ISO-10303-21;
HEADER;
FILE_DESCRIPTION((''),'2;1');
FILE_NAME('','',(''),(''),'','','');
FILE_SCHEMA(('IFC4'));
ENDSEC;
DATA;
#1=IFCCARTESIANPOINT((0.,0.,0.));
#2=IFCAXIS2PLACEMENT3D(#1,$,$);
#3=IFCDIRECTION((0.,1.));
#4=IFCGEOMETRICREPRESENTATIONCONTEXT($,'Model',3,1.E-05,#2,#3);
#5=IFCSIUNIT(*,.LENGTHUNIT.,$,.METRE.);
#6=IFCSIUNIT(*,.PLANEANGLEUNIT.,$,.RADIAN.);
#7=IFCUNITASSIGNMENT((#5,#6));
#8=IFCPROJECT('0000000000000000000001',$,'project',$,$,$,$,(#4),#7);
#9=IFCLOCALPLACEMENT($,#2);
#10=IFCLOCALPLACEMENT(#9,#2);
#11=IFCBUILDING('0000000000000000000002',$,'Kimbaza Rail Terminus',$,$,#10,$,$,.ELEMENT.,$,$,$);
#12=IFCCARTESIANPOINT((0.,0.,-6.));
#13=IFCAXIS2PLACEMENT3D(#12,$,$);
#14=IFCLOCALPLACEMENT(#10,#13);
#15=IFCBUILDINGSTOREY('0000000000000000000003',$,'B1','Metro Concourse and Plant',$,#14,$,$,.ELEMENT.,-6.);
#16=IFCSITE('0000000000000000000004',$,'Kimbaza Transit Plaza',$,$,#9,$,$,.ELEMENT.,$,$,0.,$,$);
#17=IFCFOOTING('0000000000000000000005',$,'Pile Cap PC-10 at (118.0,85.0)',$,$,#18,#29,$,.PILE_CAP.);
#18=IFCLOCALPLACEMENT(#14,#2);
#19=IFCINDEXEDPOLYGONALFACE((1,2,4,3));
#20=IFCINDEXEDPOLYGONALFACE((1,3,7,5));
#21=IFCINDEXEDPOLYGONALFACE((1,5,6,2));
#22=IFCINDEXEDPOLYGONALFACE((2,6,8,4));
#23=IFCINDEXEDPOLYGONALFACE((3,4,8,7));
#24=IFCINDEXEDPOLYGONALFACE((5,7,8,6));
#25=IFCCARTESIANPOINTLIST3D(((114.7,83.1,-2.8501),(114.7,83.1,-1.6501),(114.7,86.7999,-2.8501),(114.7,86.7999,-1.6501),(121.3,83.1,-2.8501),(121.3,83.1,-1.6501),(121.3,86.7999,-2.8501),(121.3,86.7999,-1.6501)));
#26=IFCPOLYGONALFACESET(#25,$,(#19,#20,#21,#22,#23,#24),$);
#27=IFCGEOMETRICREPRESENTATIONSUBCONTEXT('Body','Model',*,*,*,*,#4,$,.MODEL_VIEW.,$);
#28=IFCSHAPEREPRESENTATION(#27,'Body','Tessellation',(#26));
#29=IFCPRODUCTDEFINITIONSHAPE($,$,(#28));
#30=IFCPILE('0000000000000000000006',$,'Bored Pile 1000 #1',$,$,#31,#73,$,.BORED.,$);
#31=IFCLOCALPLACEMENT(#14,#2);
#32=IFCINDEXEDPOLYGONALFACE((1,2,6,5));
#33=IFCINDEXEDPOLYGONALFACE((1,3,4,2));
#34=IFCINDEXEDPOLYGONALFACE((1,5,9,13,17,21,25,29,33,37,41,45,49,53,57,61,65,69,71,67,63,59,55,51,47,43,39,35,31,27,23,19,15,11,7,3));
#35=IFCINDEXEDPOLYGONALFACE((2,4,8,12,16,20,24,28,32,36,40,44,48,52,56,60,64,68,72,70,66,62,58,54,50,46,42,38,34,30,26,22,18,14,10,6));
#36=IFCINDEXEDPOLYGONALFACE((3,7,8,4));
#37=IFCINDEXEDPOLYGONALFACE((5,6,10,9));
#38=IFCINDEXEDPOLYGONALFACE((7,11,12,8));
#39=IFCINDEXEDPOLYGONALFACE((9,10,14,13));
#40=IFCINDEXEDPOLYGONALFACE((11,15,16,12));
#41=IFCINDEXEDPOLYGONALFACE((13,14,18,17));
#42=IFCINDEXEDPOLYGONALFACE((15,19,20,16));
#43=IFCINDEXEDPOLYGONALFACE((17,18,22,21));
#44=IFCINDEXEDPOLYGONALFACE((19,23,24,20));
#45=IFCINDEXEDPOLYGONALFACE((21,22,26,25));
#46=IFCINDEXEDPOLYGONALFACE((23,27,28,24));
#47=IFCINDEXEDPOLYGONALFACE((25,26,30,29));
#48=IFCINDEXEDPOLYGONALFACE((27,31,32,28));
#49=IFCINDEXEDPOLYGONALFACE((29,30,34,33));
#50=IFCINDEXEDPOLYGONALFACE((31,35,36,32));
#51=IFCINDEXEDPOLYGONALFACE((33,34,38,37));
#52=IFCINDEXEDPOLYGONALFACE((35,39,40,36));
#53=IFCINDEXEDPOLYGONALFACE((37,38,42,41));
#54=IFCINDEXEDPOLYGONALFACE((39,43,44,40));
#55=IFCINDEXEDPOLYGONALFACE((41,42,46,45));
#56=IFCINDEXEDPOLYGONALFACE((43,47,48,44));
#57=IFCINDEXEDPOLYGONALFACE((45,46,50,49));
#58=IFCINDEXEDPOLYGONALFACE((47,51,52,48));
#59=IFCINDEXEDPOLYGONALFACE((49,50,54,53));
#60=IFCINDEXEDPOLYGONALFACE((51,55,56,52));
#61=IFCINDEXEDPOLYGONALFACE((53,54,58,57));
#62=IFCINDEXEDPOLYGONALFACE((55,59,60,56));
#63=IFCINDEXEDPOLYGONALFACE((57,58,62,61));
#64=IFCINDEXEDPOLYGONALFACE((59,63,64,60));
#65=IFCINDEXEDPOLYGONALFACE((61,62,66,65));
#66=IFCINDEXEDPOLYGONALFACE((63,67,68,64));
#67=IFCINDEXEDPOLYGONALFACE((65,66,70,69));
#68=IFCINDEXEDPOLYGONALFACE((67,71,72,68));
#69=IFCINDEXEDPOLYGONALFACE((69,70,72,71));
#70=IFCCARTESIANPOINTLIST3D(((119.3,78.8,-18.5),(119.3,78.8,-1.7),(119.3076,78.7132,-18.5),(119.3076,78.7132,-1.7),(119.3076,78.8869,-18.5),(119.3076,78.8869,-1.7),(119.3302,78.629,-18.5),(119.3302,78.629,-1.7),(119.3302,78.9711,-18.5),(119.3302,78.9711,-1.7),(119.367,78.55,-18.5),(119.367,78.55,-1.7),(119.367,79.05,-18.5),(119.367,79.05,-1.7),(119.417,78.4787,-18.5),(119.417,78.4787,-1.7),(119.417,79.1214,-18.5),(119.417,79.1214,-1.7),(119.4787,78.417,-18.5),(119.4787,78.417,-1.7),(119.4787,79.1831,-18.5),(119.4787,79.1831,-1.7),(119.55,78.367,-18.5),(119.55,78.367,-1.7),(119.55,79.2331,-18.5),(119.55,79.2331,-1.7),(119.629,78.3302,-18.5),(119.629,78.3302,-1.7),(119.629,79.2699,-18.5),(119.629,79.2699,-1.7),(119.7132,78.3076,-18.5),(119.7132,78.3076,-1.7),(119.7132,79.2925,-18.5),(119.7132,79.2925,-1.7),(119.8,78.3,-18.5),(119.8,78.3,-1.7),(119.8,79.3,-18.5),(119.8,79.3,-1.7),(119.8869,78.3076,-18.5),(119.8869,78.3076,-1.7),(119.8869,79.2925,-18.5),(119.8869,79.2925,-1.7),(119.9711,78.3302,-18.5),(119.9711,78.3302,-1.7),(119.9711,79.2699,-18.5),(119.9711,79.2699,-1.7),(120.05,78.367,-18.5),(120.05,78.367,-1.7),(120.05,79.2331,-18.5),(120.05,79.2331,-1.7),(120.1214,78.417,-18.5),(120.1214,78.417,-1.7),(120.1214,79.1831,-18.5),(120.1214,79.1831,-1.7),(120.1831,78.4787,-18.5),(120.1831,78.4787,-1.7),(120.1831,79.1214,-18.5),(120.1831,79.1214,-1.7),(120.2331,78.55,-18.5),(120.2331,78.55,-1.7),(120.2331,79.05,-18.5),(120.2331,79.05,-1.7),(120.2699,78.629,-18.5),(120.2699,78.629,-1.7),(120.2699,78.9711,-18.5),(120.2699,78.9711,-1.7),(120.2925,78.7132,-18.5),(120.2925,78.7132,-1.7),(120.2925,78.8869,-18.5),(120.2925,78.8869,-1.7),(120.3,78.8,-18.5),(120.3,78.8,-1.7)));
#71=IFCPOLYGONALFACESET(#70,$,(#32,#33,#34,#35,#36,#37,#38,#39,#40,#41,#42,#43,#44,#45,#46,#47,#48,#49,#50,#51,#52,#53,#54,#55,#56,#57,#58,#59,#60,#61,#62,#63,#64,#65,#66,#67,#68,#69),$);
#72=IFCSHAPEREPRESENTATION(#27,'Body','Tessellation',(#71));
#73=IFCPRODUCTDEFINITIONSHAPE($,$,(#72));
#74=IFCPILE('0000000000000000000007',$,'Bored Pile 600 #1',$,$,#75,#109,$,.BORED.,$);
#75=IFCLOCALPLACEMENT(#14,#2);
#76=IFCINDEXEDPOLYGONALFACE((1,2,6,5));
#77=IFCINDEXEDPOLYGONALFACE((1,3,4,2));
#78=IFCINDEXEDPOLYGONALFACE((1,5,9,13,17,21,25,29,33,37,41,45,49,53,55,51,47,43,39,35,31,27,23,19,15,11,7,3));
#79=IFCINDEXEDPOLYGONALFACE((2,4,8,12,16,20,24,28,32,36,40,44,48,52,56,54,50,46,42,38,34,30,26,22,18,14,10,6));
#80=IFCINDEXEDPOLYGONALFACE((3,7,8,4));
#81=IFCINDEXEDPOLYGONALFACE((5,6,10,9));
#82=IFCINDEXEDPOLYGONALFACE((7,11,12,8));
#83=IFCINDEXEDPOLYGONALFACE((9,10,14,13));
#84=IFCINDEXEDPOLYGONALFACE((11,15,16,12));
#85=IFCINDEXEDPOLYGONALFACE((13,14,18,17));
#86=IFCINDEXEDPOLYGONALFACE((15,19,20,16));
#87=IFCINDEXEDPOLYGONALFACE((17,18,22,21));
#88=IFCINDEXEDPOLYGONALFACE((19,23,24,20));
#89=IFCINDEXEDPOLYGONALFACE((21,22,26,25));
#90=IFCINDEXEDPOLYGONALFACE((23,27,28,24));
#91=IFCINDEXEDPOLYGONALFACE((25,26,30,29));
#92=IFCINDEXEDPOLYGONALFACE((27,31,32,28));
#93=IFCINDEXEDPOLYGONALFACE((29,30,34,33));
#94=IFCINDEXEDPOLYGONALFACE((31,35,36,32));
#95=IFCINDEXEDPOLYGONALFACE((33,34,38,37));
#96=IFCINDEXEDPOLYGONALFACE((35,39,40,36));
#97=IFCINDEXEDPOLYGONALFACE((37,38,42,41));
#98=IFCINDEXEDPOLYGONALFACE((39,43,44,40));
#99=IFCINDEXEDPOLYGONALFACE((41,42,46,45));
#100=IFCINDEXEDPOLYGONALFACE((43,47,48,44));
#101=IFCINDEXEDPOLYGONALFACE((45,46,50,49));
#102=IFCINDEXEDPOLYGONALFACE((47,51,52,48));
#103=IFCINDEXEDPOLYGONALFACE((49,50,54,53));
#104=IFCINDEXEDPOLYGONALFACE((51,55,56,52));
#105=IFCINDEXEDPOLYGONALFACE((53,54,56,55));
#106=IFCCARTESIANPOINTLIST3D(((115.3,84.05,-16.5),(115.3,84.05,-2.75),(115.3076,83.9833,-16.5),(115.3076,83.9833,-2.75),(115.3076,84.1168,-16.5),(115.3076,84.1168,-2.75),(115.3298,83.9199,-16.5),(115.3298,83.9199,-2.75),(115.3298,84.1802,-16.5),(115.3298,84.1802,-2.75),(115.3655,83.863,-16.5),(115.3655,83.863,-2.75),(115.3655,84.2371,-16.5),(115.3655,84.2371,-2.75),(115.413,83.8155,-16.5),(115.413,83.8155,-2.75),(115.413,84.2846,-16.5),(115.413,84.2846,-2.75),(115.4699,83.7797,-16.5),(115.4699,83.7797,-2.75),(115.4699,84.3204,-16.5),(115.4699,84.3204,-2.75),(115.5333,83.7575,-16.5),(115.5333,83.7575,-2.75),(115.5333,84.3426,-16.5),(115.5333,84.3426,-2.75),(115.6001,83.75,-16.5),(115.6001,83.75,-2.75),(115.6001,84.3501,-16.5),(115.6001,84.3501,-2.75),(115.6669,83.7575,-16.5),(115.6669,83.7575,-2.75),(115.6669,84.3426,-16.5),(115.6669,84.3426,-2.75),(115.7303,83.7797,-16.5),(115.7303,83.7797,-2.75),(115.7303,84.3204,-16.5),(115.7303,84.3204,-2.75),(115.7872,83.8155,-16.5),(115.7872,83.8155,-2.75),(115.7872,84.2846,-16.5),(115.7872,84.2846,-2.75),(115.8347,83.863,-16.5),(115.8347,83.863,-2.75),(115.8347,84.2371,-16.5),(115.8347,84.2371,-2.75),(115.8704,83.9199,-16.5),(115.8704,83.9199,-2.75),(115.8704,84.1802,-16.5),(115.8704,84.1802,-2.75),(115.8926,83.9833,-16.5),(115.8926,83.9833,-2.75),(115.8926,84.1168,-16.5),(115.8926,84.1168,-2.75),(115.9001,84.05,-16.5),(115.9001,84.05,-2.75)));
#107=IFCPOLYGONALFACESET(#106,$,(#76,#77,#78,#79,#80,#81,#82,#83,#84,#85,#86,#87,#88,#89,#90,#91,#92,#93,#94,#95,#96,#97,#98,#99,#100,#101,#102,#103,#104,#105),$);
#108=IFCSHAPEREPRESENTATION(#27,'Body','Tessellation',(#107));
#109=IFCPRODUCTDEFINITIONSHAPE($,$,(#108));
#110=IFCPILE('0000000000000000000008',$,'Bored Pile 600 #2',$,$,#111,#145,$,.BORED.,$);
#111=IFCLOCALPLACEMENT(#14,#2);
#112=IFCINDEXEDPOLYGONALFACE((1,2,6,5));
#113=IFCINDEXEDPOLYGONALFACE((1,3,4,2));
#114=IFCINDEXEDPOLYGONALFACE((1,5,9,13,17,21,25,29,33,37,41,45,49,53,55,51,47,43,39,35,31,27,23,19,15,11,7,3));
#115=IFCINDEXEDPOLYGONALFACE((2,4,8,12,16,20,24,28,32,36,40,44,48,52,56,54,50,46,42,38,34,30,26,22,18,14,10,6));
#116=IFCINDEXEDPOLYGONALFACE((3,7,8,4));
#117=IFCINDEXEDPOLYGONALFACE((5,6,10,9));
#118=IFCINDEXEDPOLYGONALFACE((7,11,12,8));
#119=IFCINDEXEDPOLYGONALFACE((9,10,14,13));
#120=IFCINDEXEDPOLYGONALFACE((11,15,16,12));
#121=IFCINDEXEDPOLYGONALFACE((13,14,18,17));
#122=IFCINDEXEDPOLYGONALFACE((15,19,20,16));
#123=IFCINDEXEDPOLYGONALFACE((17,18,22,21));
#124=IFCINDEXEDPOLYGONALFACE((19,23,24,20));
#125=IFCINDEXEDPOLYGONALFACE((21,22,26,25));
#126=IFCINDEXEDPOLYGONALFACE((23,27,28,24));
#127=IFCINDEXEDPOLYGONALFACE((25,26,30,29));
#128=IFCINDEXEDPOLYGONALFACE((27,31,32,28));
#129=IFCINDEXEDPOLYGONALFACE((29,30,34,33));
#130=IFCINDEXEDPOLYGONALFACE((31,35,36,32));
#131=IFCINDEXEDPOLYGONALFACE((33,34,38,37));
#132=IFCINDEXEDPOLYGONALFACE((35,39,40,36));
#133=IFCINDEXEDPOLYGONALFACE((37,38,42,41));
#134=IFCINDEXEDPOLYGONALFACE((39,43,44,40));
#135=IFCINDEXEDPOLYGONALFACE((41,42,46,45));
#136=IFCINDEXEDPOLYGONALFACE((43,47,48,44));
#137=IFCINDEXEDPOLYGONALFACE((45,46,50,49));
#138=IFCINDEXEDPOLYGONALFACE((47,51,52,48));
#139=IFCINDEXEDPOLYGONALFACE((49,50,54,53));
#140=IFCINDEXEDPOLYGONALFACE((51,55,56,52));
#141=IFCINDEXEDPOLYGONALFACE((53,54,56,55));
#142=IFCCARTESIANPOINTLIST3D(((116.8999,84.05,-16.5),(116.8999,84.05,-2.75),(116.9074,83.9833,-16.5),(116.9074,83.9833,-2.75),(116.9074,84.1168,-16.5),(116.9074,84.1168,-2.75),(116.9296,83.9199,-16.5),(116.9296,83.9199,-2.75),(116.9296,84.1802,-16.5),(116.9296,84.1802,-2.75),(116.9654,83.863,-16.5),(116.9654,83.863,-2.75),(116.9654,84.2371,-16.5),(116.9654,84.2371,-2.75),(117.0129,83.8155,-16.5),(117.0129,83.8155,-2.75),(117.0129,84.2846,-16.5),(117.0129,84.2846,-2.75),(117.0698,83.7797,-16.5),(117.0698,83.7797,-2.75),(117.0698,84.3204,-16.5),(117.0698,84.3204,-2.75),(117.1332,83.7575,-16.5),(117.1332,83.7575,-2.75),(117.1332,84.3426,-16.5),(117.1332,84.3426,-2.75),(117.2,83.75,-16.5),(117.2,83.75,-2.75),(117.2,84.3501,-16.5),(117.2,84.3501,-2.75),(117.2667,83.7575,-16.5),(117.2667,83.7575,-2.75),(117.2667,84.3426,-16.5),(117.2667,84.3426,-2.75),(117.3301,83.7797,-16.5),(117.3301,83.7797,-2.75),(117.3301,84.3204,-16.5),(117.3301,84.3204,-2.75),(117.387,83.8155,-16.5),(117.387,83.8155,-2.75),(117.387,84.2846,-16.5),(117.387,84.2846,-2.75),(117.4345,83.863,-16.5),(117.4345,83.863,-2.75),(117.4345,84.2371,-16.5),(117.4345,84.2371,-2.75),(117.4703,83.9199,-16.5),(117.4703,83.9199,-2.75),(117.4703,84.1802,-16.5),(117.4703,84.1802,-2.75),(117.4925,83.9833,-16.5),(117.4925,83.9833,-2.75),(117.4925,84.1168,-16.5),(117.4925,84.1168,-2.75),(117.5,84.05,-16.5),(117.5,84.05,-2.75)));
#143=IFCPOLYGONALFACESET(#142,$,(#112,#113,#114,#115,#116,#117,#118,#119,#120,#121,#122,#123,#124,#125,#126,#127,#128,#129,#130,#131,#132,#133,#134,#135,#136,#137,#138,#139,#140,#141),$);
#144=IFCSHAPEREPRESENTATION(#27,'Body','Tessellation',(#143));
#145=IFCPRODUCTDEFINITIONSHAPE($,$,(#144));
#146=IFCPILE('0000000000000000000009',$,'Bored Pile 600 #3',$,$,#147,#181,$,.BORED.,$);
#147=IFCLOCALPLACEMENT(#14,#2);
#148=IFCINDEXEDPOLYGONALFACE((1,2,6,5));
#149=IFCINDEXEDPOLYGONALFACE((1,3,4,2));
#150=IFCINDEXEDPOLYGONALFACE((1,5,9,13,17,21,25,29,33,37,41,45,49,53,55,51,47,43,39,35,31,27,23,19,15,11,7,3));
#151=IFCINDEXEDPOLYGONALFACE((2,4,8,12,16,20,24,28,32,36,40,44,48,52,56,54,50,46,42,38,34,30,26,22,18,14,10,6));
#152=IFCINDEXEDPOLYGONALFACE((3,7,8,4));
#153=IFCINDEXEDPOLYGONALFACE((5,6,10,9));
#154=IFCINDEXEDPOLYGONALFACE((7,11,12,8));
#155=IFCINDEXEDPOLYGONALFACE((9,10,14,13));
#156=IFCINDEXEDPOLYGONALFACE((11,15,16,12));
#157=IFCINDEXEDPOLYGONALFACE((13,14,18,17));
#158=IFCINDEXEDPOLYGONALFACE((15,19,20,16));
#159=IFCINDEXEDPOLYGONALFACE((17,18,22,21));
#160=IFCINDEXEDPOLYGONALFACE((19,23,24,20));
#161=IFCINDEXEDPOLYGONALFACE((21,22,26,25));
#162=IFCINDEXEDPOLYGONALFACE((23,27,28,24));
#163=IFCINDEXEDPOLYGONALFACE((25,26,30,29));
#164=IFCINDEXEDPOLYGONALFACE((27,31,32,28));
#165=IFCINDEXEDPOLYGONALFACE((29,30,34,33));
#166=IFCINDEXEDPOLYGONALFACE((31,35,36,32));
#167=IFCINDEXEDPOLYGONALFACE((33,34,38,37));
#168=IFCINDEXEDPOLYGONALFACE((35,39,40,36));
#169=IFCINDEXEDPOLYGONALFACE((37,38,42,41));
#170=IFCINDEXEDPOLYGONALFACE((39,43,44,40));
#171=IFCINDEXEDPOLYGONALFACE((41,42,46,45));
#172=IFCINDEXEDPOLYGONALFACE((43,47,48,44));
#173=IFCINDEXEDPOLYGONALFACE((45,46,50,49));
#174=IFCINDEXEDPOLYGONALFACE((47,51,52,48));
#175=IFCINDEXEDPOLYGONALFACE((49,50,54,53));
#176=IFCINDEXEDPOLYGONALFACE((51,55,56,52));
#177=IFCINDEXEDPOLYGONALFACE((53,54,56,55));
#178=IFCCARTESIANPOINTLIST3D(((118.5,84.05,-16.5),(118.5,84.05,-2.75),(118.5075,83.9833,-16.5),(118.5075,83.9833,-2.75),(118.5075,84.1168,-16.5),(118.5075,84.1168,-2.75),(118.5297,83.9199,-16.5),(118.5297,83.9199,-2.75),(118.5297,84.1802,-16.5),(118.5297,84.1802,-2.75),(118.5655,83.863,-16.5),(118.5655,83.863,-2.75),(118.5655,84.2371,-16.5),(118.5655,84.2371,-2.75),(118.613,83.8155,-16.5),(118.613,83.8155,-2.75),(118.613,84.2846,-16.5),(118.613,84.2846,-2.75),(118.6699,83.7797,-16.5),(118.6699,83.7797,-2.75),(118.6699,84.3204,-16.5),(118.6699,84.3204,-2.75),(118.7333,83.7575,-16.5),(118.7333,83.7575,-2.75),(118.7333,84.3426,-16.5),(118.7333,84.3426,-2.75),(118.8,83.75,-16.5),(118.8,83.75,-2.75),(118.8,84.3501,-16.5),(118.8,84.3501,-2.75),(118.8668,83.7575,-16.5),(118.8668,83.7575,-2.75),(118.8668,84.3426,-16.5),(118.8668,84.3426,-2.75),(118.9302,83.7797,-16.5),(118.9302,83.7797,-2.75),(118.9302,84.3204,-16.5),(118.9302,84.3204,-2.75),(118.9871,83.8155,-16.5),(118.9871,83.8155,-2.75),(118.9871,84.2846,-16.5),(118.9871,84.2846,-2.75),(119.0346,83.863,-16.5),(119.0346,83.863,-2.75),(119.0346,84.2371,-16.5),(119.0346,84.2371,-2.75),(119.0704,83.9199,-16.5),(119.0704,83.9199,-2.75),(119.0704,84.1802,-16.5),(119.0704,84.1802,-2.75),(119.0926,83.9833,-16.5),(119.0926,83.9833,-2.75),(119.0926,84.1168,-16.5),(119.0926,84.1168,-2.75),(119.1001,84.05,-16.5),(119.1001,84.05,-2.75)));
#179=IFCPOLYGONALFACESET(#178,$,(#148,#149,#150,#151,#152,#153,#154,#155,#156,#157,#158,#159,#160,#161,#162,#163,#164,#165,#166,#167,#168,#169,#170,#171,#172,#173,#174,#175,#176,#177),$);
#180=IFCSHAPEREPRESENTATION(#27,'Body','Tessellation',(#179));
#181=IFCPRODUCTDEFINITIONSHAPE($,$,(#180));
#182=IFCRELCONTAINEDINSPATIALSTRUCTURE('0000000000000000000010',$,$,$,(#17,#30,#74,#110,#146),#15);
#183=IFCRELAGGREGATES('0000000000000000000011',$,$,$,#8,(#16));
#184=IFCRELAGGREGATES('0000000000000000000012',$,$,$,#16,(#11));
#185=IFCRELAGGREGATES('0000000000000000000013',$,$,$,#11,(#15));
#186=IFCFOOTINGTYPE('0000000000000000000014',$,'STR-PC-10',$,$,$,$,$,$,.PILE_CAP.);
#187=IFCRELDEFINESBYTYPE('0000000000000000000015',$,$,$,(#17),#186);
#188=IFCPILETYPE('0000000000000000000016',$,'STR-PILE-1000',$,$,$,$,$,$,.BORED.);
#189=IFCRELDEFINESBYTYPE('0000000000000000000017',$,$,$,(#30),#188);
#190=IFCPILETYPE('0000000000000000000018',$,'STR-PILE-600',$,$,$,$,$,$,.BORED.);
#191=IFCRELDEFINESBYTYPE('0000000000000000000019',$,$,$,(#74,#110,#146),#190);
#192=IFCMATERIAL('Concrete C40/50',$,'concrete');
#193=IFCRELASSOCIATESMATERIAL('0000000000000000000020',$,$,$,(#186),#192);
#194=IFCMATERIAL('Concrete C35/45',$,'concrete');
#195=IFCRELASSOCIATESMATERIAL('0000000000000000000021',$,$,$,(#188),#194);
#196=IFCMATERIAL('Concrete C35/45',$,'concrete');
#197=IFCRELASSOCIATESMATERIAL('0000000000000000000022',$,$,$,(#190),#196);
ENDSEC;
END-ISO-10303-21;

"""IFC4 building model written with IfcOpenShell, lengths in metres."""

from ifc_helpers import new_model, si_unit, direction, frame, origin, origin_2d, place, context, subcontext, project, spatial, rectangle, circle, extrude, material, material_profile, profile_set, type_object, element, save


model = new_model("IFC4")

# Units and contexts
model_context = context("Model", 3, precision=1e-05, world=origin(), true_north=direction((0.0, 1.0)))
body_context = subcontext(model_context, "Body", "Model", "MODEL_VIEW")
ifc_project = project(units=[si_unit("LENGTHUNIT", "METRE"), si_unit("PLANEANGLEUNIT", "RADIAN")], contexts=[model_context])

# Site, building, storey
site_placement = place(None, origin())
site = spatial("IfcSite", under=ifc_project, at=site_placement, Name="Kimbaza Transit Plaza", CompositionType="ELEMENT", RefElevation=0.0)
building_placement = place(site_placement, origin())
building = spatial("IfcBuilding", under=site, at=building_placement, Name="Kimbaza Rail Terminus", CompositionType="ELEMENT")
storey_placement = place(building_placement, frame((0.0, 0.0, -6.0)))
storey = spatial("IfcBuildingStorey", under=building, at=storey_placement, Name="B1", Description="Metro Concourse and Plant", CompositionType="ELEMENT", Elevation=-6.0)

# Footing
ifc_material_1 = material(Name="Concrete C40/50", Category="concrete")
footing_type = type_object("IfcFootingType", Name="STR-PC-10", PredefinedType="PILE_CAP", material=ifc_material_1)
footing_placement = place(storey_placement, frame((118.0, 84.95, -2.8501), z_axis=(0.0, 0.0, 1.0), x_axis=(1.0, 0.0, 0.0)))
element("IfcFooting", 1, at=footing_placement, inside=storey, type_object=footing_type, Name="Pile Cap PC-10 at (118.0,85.0)", PredefinedType="PILE_CAP", context=body_context, shape_type="SweptSolid", body=[
    extrude(rectangle(XDim=6.6001, YDim=3.7, at=origin_2d()), origin(), (0.0, 0.0, 1.0), 1.2),
])

# Piles
ifc_material_2 = material(Name="Concrete C35/45", Category="concrete")
ifc_material_profile_1 = material_profile(ifc_material_2, circle(Radius=0.5, at=origin_2d()), Name="BORED PILE 1000")
ifc_profile_set_1 = profile_set([ifc_material_profile_1], Name="Concrete C35/45")
pile_type_1 = type_object("IfcPileType", Name="STR-PILE-1000", PredefinedType="BORED", material=ifc_profile_set_1)
pile_placement = place(storey_placement, frame((119.8, 78.8, -1.7), z_axis=(0.0, 0.0, -1.0), x_axis=(1.0, 0.0, 0.0)))
element("IfcPile", 2, at=pile_placement, inside=storey, type_object=pile_type_1, Name="Bored Pile 1000 #1", PredefinedType="BORED", context=body_context, shape_type="SweptSolid", body=[
    extrude(circle(Radius=0.5, at=origin_2d()), origin(), (0.0, 0.0, 1.0), 16.8),
])
ifc_material_3 = material(Name="Concrete C35/45", Category="concrete")
ifc_material_profile_2 = material_profile(ifc_material_3, circle(Radius=0.3, at=origin_2d()), Name="BORED PILE 600")
ifc_profile_set_2 = profile_set([ifc_material_profile_2], Name="Concrete C35/45")
pile_type_2 = type_object("IfcPileType", Name="STR-PILE-600", PredefinedType="BORED", material=ifc_profile_set_2)
for number, where, z_axis, x_axis, name in (
    (3, (115.6001, 84.05, -2.75), (0.0, 0.0, -1.0), (1.0, 0.0, 0.0), "Bored Pile 600 #1"),
    (4, (117.2, 84.05, -2.75), (0.0, 0.0, -1.0), (1.0, 0.0, 0.0), "Bored Pile 600 #2"),
    (5, (118.8, 84.05, -2.75), (0.0, 0.0, -1.0), (1.0, 0.0, 0.0), "Bored Pile 600 #3"),
):
    element("IfcPile", number, at=place(storey_placement, frame(where, z_axis=z_axis, x_axis=x_axis)), inside=storey, type_object=pile_type_2, Name=name, PredefinedType="BORED", context=body_context, shape_type="SweptSolid", body=[
        extrude(circle(Radius=0.3, at=origin_2d()), origin(), (0.0, 0.0, 1.0), 13.75),
    ])

save(model, "model.ifc")
